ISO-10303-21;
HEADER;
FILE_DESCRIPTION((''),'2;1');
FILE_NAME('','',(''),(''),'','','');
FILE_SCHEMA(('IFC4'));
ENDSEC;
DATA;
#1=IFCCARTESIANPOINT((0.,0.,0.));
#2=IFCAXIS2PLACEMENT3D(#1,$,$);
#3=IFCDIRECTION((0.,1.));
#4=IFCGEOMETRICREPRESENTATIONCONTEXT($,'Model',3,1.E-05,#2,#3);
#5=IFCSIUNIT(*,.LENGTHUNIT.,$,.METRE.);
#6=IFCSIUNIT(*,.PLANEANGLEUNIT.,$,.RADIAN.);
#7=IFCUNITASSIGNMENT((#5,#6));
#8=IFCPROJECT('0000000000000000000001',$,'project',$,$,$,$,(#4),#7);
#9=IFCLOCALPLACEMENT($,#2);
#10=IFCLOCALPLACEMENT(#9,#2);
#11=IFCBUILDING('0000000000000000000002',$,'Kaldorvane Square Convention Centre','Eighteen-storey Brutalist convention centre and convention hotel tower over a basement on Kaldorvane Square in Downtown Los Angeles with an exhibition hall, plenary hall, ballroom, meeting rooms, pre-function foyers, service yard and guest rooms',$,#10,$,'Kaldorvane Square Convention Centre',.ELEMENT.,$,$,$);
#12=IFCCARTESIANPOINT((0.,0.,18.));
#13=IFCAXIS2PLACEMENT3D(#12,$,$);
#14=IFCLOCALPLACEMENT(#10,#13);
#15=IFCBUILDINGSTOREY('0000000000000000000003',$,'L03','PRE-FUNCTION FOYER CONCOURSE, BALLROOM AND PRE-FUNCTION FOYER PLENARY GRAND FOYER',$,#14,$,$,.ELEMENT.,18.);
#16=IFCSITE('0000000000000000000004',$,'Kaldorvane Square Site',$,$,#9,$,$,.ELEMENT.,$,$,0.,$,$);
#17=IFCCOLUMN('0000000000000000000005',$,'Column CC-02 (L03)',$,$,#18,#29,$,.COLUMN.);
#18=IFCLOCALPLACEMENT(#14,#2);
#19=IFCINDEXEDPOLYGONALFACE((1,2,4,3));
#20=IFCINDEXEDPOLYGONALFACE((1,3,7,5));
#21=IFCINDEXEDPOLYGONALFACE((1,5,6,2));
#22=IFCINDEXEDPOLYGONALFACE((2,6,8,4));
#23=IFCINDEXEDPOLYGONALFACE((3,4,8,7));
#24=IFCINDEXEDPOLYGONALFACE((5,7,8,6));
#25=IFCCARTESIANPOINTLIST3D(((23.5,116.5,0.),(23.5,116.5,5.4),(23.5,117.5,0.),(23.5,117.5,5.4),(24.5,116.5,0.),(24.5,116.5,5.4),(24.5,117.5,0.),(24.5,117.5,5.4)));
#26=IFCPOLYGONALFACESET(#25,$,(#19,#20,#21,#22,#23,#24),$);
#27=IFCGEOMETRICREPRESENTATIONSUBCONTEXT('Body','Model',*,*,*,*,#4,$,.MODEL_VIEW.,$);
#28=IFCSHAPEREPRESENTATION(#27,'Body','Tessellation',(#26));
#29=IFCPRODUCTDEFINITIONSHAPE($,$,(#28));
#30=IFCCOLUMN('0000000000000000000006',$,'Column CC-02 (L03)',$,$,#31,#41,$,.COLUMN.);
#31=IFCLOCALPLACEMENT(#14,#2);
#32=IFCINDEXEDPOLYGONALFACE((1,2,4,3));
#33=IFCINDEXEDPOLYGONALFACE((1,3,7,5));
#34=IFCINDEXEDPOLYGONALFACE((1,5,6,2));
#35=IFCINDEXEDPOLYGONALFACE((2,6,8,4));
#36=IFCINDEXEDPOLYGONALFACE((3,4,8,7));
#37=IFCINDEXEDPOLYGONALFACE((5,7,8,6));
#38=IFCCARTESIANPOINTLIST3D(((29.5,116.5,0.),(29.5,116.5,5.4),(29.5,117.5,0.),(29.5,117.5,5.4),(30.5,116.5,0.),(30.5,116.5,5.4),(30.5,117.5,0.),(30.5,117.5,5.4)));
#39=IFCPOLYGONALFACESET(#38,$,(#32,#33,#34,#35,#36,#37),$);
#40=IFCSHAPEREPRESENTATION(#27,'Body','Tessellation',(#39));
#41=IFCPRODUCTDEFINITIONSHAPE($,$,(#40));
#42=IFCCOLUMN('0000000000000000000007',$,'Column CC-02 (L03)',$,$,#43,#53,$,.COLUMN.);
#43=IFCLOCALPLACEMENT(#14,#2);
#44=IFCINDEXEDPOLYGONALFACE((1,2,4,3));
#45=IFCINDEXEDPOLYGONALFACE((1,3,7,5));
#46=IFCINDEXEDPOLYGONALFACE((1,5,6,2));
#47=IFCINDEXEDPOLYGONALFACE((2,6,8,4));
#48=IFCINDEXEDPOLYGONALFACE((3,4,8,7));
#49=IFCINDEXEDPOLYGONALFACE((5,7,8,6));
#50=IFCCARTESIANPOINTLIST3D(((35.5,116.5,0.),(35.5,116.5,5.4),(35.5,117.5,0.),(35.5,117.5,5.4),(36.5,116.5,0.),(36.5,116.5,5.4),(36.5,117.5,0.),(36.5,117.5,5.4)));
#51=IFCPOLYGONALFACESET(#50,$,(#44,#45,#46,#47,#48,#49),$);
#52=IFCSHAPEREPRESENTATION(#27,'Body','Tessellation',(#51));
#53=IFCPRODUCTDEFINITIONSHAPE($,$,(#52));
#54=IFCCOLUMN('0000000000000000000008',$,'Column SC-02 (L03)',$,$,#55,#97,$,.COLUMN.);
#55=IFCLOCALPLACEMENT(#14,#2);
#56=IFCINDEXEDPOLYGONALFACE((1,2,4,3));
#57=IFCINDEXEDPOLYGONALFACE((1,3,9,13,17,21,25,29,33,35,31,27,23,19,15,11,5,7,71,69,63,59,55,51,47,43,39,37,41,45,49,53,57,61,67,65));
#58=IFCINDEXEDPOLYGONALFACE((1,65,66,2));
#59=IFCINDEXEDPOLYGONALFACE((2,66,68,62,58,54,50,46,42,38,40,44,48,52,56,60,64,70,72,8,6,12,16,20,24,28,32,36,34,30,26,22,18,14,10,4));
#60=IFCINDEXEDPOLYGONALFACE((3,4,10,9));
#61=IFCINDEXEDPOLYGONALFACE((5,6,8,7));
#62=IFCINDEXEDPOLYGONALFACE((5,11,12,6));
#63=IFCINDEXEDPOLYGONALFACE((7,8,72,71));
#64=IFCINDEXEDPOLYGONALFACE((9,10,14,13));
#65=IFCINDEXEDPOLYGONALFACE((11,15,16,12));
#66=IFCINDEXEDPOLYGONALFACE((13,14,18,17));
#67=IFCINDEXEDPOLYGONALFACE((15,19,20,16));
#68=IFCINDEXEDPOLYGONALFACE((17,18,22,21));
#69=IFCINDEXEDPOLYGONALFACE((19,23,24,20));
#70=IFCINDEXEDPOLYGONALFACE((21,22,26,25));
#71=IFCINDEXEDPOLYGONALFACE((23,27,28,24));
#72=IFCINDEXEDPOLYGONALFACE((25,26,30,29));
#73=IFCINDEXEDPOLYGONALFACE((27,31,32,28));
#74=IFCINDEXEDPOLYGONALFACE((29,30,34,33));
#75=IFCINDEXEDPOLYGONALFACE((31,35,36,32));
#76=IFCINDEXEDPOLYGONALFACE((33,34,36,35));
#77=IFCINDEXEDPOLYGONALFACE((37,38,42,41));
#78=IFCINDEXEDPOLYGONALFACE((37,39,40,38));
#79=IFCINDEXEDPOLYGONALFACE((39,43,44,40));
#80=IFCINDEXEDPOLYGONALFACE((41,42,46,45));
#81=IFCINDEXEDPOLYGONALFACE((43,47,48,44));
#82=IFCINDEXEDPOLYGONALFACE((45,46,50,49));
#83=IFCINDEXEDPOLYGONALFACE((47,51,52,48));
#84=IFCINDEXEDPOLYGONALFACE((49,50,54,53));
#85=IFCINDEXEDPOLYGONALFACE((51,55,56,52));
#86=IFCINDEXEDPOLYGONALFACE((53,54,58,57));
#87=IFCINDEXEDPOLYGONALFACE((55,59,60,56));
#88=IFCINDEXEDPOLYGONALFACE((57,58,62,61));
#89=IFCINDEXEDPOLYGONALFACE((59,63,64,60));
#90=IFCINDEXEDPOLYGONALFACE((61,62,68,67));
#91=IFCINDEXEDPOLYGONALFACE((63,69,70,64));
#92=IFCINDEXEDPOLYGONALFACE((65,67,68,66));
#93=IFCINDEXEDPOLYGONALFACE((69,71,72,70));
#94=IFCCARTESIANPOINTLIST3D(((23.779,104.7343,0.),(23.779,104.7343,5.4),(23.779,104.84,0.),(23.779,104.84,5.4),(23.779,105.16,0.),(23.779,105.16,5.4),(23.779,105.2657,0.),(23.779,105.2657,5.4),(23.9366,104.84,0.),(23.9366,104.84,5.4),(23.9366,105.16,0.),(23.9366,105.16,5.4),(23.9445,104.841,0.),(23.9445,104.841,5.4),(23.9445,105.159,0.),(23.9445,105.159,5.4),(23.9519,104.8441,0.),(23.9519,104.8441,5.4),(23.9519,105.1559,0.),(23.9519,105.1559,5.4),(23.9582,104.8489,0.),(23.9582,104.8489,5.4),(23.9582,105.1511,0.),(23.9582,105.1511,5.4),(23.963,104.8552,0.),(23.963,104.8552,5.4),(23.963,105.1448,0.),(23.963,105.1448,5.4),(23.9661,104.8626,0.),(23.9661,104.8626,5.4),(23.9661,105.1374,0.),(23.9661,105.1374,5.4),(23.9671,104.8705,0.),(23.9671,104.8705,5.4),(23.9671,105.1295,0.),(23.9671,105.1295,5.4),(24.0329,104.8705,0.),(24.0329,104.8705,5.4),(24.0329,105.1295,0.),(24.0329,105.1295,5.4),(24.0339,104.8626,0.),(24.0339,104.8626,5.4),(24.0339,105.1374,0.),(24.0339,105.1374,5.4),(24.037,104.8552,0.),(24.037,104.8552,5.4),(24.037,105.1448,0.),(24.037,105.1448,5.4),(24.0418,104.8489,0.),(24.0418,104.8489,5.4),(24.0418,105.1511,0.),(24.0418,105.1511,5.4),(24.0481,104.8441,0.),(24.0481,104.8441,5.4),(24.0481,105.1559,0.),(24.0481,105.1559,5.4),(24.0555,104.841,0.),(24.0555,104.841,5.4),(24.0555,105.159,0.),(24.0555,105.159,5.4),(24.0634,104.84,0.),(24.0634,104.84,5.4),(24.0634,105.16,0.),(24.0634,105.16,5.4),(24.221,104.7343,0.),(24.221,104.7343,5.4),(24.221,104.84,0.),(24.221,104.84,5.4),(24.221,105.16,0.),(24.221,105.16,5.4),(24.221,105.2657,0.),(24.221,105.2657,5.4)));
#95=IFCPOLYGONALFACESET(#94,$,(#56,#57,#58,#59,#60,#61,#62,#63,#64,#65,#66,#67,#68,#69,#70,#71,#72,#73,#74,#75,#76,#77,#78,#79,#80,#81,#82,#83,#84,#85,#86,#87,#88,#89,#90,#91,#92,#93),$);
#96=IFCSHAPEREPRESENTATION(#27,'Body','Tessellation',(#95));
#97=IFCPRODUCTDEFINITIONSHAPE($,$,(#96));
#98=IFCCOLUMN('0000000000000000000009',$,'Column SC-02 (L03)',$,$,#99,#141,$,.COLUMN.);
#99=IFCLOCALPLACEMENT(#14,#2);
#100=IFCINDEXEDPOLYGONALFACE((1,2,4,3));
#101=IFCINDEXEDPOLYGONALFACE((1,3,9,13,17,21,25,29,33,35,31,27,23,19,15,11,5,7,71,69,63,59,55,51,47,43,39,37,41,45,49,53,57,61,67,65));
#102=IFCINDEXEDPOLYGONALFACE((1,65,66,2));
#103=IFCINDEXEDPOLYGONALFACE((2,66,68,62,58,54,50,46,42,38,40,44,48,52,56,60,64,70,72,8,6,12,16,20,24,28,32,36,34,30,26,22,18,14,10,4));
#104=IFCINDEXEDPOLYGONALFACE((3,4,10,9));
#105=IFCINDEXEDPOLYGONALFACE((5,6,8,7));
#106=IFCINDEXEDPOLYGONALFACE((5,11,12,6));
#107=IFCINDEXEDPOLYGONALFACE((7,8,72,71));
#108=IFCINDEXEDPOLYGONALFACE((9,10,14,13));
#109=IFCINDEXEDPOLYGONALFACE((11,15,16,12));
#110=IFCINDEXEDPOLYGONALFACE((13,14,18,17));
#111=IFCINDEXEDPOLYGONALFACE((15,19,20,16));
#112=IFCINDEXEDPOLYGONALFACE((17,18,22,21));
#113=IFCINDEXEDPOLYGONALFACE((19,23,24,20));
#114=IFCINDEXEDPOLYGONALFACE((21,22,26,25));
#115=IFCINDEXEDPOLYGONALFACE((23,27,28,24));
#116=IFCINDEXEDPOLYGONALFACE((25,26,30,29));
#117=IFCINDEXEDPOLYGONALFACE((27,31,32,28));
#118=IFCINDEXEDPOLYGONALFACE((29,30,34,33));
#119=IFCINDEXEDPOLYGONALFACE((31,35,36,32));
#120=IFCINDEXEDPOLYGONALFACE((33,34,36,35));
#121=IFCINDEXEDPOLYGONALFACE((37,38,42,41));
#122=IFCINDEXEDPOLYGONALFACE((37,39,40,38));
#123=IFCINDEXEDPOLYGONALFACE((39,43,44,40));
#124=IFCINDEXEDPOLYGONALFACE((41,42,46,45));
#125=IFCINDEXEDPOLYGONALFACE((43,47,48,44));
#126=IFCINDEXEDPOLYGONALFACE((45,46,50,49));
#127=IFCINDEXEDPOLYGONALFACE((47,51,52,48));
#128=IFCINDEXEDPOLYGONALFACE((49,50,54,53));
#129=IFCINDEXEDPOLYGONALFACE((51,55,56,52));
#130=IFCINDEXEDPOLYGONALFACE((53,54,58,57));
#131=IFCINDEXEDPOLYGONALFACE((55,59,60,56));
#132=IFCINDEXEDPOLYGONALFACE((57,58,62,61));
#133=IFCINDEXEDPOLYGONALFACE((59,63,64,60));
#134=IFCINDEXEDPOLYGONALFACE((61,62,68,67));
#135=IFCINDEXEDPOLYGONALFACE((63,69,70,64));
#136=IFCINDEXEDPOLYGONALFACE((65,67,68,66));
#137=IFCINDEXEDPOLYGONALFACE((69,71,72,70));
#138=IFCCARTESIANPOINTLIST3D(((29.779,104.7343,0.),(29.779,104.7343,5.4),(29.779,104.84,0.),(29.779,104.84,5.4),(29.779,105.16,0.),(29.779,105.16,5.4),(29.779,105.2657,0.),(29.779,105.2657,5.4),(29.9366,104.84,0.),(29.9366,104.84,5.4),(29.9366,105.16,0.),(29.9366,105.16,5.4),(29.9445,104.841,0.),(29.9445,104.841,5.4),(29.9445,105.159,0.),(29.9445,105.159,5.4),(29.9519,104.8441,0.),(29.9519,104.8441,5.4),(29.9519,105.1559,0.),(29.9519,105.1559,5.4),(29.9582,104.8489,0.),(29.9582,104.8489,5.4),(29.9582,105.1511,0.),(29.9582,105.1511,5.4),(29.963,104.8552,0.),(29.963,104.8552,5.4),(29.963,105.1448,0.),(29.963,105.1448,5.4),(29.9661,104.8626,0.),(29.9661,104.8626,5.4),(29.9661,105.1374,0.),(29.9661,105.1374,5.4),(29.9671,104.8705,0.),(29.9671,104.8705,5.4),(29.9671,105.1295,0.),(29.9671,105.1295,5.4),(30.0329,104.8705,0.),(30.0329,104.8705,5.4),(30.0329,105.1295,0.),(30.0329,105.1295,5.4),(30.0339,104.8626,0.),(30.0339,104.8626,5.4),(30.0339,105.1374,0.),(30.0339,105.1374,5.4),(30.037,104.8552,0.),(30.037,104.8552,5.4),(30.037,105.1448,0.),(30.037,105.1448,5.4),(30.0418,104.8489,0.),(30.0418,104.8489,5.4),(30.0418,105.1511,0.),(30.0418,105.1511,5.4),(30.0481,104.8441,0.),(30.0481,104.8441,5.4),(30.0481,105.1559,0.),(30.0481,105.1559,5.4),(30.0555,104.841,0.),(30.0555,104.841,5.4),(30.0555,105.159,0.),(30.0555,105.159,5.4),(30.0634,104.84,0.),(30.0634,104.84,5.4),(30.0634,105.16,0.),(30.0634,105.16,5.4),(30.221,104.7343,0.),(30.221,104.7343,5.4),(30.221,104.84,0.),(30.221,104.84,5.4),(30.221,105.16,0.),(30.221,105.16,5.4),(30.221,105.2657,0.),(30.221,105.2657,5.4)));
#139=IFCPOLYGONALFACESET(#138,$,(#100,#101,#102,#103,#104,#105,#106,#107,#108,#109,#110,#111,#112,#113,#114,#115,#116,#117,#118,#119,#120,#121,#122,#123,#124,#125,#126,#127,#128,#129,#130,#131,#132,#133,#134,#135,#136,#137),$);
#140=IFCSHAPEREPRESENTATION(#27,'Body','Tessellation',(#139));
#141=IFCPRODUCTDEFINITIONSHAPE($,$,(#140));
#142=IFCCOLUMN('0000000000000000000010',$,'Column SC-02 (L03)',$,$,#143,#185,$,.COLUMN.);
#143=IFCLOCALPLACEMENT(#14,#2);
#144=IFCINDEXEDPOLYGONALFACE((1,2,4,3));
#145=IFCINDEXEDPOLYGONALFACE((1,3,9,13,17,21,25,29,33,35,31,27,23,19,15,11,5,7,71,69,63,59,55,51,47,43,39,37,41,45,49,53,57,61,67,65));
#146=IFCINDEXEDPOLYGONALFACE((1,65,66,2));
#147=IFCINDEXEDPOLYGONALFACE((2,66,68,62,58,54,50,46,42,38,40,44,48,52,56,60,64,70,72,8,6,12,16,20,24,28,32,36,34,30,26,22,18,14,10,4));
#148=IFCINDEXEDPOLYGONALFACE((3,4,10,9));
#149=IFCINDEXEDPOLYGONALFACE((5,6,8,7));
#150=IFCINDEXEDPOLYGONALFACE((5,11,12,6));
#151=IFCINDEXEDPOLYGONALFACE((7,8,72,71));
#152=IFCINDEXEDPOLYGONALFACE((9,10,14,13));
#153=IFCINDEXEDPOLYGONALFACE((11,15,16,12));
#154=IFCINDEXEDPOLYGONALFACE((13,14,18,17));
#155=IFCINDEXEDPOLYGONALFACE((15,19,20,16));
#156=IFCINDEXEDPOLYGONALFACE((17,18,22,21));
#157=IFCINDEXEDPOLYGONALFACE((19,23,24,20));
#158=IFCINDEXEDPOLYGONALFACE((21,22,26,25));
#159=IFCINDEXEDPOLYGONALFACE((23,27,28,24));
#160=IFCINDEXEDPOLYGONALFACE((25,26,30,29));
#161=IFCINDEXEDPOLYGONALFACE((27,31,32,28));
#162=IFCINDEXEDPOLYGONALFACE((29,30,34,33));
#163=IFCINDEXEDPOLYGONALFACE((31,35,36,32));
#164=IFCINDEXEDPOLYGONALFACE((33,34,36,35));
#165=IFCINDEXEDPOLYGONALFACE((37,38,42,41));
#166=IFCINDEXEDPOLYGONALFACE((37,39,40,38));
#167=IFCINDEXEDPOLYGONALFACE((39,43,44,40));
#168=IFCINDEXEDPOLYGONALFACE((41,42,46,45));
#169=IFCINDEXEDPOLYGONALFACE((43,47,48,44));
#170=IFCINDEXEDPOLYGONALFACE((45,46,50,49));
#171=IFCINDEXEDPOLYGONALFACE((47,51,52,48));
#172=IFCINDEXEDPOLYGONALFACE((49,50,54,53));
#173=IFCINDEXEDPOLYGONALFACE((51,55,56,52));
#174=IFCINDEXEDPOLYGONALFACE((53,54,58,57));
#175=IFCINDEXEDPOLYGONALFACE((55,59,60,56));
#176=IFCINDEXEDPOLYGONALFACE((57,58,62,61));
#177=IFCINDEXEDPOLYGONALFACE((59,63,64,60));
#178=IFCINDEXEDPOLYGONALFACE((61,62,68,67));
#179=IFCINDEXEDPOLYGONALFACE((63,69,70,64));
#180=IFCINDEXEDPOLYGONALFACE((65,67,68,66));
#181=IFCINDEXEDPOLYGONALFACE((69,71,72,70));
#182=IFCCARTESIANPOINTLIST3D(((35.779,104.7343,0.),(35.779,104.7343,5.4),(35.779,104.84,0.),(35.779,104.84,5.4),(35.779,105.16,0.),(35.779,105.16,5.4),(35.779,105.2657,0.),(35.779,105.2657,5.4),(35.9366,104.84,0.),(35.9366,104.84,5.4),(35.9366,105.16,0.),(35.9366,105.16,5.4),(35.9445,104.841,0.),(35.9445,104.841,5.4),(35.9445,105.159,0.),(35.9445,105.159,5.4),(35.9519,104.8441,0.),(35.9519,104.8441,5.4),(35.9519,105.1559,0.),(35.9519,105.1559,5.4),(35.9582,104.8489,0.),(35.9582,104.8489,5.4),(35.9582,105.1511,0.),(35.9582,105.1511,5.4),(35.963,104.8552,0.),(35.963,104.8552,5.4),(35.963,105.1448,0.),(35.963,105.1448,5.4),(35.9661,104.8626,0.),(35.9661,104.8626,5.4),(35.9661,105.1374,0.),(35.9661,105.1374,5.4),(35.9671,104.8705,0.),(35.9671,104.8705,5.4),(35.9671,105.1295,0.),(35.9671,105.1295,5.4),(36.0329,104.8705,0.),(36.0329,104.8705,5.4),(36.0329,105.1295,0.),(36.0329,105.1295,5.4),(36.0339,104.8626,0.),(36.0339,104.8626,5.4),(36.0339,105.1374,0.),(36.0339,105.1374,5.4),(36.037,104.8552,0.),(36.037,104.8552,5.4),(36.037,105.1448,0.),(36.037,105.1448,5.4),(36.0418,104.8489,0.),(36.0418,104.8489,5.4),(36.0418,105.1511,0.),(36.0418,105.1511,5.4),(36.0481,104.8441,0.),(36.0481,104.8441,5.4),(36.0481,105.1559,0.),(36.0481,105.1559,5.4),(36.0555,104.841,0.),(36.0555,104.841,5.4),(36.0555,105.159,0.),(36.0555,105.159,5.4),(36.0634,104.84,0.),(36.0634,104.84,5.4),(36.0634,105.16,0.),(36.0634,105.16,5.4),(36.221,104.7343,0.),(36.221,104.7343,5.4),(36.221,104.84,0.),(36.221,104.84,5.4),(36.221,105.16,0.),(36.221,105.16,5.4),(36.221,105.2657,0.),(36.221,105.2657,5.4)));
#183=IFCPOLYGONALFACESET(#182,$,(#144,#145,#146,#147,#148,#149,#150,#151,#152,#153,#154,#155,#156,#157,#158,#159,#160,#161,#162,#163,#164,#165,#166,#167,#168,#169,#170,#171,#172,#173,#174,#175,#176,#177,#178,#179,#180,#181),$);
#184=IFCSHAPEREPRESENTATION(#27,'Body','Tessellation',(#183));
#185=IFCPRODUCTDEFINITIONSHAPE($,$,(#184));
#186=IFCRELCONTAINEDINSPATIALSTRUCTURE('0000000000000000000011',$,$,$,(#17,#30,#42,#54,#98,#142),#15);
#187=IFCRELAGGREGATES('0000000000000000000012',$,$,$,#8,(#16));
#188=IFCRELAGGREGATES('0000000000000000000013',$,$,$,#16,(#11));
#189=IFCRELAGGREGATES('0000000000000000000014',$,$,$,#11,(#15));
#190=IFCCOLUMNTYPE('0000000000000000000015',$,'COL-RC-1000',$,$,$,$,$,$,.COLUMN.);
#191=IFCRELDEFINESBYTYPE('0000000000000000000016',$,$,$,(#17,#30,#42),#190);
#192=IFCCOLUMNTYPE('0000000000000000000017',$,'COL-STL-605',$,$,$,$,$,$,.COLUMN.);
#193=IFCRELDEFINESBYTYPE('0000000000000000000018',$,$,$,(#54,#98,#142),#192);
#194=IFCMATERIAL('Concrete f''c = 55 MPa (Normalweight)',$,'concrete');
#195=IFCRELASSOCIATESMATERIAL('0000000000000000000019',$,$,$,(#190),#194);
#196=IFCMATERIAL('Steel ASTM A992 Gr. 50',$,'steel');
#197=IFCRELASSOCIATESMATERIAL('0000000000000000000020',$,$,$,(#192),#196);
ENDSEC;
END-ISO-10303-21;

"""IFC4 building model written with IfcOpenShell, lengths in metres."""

from ifc_helpers import new_model, si_unit, direction, frame, origin, origin_2d, place, context, subcontext, project, spatial, rectangle, i_section, extrude, material, material_profile, profile_set, type_object, element, save


model = new_model("IFC4")

# Units and contexts
model_context = context("Model", 3, precision=1e-05, world=origin(), true_north=direction((0.0, 1.0)))
body_context = subcontext(model_context, "Body", "Model", "MODEL_VIEW")
ifc_project = project(units=[si_unit("LENGTHUNIT", "METRE"), si_unit("PLANEANGLEUNIT", "RADIAN")], contexts=[model_context])

# Site, building, storey
site_placement = place(None, origin())
site = spatial("IfcSite", under=ifc_project, at=site_placement, Name="Kaldorvane Square Site", CompositionType="ELEMENT", RefElevation=0.0)
building_placement = place(site_placement, origin())
building = spatial("IfcBuilding", under=site, at=building_placement, Name="Kaldorvane Square Convention Centre", Description="Eighteen-storey Brutalist convention centre and convention hotel tower over a basement on Kaldorvane Square in Downtown Los Angeles with an exhibition hall, plenary hall, ballroom, meeting rooms, pre-function foyers, service yard and guest rooms", LongName="Kaldorvane Square Convention Centre", CompositionType="ELEMENT")
storey_placement = place(building_placement, frame((0.0, 0.0, 18.0)))
storey = spatial("IfcBuildingStorey", under=building, at=storey_placement, Name="L03", Description="PRE-FUNCTION FOYER CONCOURSE, BALLROOM AND PRE-FUNCTION FOYER PLENARY GRAND FOYER", CompositionType="ELEMENT", Elevation=18.0)

# Columns
ifc_material_1 = material(Name="Concrete f'c = 55 MPa (Normalweight)", Category="concrete")
ifc_material_profile_1 = material_profile(ifc_material_1, rectangle(XDim=1.0, YDim=1.0, at=origin_2d()), Name="RC1000X1000")
ifc_profile_set_1 = profile_set([ifc_material_profile_1], Name="Concrete f'c = 55 MPa (Normalweight)")
column_type_1 = type_object("IfcColumnType", Name="COL-RC-1000", PredefinedType="COLUMN", material=ifc_profile_set_1)
for number, where, z_axis, x_axis, name in (
    (1, (24.0, 117.0, 0.0), (0.0, 0.0, 1.0), (1.0, 0.0, 0.0), "Column CC-02 (L03)"),
    (2, (30.0, 117.0, 0.0), (0.0, 0.0, 1.0), (1.0, 0.0, 0.0), "Column CC-02 (L03)"),
    (3, (36.0, 117.0, 0.0), (0.0, 0.0, 1.0), (1.0, 0.0, 0.0), "Column CC-02 (L03)"),
):
    element("IfcColumn", number, at=place(storey_placement, frame(where, z_axis=z_axis, x_axis=x_axis)), inside=storey, type_object=column_type_1, Name=name, PredefinedType="COLUMN", context=body_context, shape_type="SweptSolid", body=[
        extrude(rectangle(XDim=1.0, YDim=1.0, at=origin_2d()), origin(), (0.0, 0.0, 1.0), 5.4),
    ])
ifc_material_2 = material(Name="Steel ASTM A992 Gr. 50", Category="steel")
ifc_material_profile_2 = material_profile(ifc_material_2, i_section(OverallWidth=0.442, OverallDepth=0.5314, WebThickness=0.0658, FlangeThickness=0.1057, FilletRadius=0.0305, at=origin_2d()), Name="W14X605")
ifc_profile_set_2 = profile_set([ifc_material_profile_2], Name="Steel ASTM A992 Gr. 50")
column_type_2 = type_object("IfcColumnType", Name="COL-STL-605", PredefinedType="COLUMN", material=ifc_profile_set_2)
for number, where, z_axis, x_axis, name in (
    (4, (24.0, 105.0, 0.0), (0.0, 0.0, 1.0), (1.0, 0.0, 0.0), "Column SC-02 (L03)"),
    (5, (30.0, 105.0, 0.0), (0.0, 0.0, 1.0), (1.0, 0.0, 0.0), "Column SC-02 (L03)"),
    (6, (36.0, 105.0, 0.0), (0.0, 0.0, 1.0), (1.0, 0.0, 0.0), "Column SC-02 (L03)"),
):
    element("IfcColumn", number, at=place(storey_placement, frame(where, z_axis=z_axis, x_axis=x_axis)), inside=storey, type_object=column_type_2, Name=name, PredefinedType="COLUMN", context=body_context, shape_type="SweptSolid", body=[
        extrude(i_section(OverallWidth=0.442, OverallDepth=0.5314, WebThickness=0.0658, FlangeThickness=0.1057, FilletRadius=0.0305, at=origin_2d()), origin(), (0.0, 0.0, 1.0), 5.4),
    ])

save(model, "model.ifc")
